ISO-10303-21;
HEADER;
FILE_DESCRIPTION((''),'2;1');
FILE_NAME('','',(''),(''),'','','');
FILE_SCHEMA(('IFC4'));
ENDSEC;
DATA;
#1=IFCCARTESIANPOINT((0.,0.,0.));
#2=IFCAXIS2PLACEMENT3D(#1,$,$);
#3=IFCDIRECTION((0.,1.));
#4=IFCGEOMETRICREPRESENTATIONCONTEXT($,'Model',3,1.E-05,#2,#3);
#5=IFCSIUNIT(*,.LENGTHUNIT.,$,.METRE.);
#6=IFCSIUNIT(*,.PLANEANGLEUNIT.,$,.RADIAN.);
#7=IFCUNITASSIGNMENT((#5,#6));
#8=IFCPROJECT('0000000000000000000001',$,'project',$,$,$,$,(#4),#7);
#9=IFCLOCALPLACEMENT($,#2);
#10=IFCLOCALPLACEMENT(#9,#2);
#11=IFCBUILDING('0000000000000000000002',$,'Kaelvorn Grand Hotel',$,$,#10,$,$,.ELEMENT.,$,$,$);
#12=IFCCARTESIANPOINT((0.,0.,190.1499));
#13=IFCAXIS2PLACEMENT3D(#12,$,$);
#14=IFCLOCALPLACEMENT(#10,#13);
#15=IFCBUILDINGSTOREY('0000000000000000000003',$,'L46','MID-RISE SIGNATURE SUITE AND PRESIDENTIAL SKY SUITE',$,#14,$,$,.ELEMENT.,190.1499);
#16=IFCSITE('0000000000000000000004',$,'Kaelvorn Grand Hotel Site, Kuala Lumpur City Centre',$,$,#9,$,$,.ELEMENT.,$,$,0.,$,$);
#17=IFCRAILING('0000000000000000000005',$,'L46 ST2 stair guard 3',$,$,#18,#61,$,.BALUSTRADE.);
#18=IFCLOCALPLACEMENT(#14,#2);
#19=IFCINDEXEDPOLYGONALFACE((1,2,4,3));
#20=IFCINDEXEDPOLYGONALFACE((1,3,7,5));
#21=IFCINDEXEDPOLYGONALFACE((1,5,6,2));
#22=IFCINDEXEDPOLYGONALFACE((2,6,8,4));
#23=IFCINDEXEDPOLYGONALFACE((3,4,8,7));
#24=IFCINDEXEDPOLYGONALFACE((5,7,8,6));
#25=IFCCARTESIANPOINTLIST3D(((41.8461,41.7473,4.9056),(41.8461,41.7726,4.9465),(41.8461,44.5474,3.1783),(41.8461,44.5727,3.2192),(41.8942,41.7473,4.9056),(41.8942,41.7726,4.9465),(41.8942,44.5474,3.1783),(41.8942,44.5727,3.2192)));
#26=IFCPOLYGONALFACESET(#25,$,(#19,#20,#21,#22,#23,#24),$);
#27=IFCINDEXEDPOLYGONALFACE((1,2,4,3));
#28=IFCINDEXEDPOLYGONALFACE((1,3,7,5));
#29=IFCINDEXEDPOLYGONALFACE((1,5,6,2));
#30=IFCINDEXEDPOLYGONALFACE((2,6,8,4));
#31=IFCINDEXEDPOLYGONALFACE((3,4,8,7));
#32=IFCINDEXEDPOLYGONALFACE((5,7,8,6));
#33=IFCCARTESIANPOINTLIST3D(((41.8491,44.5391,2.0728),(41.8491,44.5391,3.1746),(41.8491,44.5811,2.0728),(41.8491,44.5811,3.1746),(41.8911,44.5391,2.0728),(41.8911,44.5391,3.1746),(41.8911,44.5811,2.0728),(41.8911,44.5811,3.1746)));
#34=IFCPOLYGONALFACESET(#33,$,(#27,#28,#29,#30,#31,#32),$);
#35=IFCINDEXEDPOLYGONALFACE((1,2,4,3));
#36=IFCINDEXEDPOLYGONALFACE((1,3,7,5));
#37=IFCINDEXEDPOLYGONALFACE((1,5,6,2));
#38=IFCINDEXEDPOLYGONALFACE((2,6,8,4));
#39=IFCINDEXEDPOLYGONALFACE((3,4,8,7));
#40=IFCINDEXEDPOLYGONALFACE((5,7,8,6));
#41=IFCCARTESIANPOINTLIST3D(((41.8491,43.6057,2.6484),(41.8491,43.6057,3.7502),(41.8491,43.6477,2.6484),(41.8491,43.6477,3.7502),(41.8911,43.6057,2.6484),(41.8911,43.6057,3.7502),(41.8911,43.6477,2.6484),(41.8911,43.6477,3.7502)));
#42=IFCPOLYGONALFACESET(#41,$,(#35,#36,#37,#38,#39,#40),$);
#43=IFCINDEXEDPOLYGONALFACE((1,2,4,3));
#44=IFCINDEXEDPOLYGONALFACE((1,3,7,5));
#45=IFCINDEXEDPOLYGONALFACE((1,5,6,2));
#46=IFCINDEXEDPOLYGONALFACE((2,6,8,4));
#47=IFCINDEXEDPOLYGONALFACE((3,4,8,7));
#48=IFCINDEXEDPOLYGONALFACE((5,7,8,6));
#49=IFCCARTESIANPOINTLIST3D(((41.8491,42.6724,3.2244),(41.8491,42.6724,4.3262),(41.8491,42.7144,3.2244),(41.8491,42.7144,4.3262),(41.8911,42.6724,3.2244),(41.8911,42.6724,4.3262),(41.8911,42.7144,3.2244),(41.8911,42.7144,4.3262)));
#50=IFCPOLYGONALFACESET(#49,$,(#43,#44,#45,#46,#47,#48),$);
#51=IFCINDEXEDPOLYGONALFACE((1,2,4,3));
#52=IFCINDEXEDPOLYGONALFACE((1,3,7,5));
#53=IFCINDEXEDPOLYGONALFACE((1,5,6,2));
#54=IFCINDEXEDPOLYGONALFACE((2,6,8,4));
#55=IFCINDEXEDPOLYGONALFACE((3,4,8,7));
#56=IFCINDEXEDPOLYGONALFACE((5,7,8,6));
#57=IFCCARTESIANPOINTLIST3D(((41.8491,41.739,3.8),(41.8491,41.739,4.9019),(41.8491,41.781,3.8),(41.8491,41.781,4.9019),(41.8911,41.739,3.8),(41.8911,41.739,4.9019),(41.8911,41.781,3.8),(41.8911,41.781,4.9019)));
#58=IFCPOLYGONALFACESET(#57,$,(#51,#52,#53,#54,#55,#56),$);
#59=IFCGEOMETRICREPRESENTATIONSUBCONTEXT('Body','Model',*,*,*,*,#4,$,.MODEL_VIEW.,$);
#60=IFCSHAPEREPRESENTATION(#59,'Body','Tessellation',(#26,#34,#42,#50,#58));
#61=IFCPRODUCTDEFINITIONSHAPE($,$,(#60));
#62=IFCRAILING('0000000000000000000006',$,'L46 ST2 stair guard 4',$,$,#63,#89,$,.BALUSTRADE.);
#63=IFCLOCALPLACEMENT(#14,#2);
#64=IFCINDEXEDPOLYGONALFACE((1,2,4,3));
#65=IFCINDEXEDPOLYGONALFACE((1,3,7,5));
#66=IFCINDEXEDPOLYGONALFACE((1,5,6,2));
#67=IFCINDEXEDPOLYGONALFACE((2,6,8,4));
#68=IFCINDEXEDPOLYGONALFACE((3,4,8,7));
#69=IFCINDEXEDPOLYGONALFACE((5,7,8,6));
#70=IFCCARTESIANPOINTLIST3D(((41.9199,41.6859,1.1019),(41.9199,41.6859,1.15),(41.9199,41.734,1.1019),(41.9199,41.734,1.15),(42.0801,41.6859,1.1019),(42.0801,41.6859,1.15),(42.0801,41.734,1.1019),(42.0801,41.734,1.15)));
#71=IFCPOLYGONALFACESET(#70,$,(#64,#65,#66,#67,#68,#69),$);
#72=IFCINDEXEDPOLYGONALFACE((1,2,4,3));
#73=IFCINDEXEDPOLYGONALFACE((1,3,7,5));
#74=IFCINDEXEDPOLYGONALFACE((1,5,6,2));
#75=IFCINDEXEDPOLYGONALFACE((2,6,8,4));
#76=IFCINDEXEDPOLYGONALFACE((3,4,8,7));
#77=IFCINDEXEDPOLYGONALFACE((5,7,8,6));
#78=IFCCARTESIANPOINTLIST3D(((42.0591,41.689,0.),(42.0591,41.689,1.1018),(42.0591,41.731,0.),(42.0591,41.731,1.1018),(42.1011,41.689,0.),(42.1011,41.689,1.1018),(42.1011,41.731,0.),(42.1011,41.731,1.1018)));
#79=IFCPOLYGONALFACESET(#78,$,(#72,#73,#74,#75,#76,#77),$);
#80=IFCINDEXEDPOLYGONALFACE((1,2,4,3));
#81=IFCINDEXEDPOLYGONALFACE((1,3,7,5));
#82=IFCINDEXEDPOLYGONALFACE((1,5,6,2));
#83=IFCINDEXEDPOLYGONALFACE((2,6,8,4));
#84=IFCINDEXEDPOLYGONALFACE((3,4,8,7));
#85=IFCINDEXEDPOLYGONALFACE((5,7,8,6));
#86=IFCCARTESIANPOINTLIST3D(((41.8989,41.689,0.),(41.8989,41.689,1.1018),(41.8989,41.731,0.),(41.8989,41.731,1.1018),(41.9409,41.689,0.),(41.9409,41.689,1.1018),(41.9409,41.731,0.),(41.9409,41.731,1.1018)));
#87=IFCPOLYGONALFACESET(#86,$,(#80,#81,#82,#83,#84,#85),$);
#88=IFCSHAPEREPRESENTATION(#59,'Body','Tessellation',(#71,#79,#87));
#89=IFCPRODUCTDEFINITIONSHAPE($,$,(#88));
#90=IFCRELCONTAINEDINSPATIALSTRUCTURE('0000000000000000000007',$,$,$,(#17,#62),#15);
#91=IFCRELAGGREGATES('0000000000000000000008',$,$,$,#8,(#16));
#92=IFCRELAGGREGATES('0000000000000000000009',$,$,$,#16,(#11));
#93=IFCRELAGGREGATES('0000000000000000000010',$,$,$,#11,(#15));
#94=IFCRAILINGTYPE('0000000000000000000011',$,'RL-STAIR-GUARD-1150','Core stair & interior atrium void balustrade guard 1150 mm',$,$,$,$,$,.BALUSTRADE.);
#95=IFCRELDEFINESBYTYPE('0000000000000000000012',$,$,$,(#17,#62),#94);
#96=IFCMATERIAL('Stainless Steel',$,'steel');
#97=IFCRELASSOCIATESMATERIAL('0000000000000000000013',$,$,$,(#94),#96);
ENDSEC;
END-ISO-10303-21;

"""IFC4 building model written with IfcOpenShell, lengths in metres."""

from ifc_helpers import new_model, si_unit, direction, frame, origin, origin_2d, place, context, subcontext, project, spatial, rectangle, extrude, material, type_object, element, save


model = new_model("IFC4")

# Units and contexts
model_context = context("Model", 3, precision=1e-05, world=origin(), true_north=direction((0.0, 1.0)))
body_context = subcontext(model_context, "Body", "Model", "MODEL_VIEW")
ifc_project = project(units=[si_unit("LENGTHUNIT", "METRE"), si_unit("PLANEANGLEUNIT", "RADIAN")], contexts=[model_context])

# Site, building, storey
site_placement = place(None, origin())
site = spatial("IfcSite", under=ifc_project, at=site_placement, Name="Kaelvorn Grand Hotel Site, Kuala Lumpur City Centre", CompositionType="ELEMENT", RefElevation=0.0)
building_placement = place(site_placement, origin())
building = spatial("IfcBuilding", under=site, at=building_placement, Name="Kaelvorn Grand Hotel", CompositionType="ELEMENT")
storey_placement = place(building_placement, frame((0.0, 0.0, 190.1499)))
storey = spatial("IfcBuildingStorey", under=building, at=storey_placement, Name="L46", Description="MID-RISE SIGNATURE SUITE AND PRESIDENTIAL SKY SUITE", CompositionType="ELEMENT", Elevation=190.1499)

# Railings
ifc_material_1 = material(Name="Stainless Steel", Category="steel")
railing_type_1 = type_object("IfcRailingType", Name="RL-STAIR-GUARD-1150", Description="Core stair & interior atrium void balustrade guard 1150 mm", PredefinedType="BALUSTRADE", material=ifc_material_1)
railing_1_placement = place(storey_placement, frame((41.8701, 44.5601, 2.0728)))
element("IfcRailing", 1, at=railing_1_placement, inside=storey, type_object=railing_type_1, Name="L46 ST2 stair guard 3", PredefinedType="BALUSTRADE", context=body_context, shape_type="SweptSolid", body=[
    extrude(rectangle(XDim=0.0481, YDim=0.0481, at=origin_2d()), frame((0.0, 0.0, 1.126), z_axis=(0.0, -0.85109, 0.52502), x_axis=(1.0, 0.0, 0.0)), (0.0, 0.0, 1.0), 3.29),
    extrude(rectangle(XDim=0.042, YDim=0.042, at=origin_2d()), origin(), (0.0, 0.0, 1.0), 1.1018),
    extrude(rectangle(XDim=0.042, YDim=0.042, at=origin_2d()), frame((0.0, -0.9333, 0.5757)), (0.0, 0.0, 1.0), 1.1018),
    extrude(rectangle(XDim=0.042, YDim=0.042, at=origin_2d()), frame((0.0, -1.8667, 1.1516)), (0.0, 0.0, 1.0), 1.1018),
    extrude(rectangle(XDim=0.042, YDim=0.042, at=origin_2d()), frame((0.0, -2.8, 1.7273)), (0.0, 0.0, 1.0), 1.1018),
])
railing_2_placement = place(storey_placement, frame((42.0801, 41.71, 0.0)))
element("IfcRailing", 2, at=railing_2_placement, inside=storey, type_object=railing_type_1, Name="L46 ST2 stair guard 4", PredefinedType="BALUSTRADE", context=body_context, shape_type="SweptSolid", body=[
    extrude(rectangle(XDim=0.0481, YDim=0.0481, at=origin_2d()), frame((0.0, 0.0, 1.126), z_axis=(-1.0, 0.0, 0.0), x_axis=(0.0, -1.0, 0.0)), (0.0, 0.0, 1.0), 0.1602),
    extrude(rectangle(XDim=0.042, YDim=0.042, at=origin_2d()), origin(), (0.0, 0.0, 1.0), 1.1018),
    extrude(rectangle(XDim=0.042, YDim=0.042, at=origin_2d()), frame((-0.1602, 0.0, 0.0)), (0.0, 0.0, 1.0), 1.1018),
])

save(model, "model.ifc")
